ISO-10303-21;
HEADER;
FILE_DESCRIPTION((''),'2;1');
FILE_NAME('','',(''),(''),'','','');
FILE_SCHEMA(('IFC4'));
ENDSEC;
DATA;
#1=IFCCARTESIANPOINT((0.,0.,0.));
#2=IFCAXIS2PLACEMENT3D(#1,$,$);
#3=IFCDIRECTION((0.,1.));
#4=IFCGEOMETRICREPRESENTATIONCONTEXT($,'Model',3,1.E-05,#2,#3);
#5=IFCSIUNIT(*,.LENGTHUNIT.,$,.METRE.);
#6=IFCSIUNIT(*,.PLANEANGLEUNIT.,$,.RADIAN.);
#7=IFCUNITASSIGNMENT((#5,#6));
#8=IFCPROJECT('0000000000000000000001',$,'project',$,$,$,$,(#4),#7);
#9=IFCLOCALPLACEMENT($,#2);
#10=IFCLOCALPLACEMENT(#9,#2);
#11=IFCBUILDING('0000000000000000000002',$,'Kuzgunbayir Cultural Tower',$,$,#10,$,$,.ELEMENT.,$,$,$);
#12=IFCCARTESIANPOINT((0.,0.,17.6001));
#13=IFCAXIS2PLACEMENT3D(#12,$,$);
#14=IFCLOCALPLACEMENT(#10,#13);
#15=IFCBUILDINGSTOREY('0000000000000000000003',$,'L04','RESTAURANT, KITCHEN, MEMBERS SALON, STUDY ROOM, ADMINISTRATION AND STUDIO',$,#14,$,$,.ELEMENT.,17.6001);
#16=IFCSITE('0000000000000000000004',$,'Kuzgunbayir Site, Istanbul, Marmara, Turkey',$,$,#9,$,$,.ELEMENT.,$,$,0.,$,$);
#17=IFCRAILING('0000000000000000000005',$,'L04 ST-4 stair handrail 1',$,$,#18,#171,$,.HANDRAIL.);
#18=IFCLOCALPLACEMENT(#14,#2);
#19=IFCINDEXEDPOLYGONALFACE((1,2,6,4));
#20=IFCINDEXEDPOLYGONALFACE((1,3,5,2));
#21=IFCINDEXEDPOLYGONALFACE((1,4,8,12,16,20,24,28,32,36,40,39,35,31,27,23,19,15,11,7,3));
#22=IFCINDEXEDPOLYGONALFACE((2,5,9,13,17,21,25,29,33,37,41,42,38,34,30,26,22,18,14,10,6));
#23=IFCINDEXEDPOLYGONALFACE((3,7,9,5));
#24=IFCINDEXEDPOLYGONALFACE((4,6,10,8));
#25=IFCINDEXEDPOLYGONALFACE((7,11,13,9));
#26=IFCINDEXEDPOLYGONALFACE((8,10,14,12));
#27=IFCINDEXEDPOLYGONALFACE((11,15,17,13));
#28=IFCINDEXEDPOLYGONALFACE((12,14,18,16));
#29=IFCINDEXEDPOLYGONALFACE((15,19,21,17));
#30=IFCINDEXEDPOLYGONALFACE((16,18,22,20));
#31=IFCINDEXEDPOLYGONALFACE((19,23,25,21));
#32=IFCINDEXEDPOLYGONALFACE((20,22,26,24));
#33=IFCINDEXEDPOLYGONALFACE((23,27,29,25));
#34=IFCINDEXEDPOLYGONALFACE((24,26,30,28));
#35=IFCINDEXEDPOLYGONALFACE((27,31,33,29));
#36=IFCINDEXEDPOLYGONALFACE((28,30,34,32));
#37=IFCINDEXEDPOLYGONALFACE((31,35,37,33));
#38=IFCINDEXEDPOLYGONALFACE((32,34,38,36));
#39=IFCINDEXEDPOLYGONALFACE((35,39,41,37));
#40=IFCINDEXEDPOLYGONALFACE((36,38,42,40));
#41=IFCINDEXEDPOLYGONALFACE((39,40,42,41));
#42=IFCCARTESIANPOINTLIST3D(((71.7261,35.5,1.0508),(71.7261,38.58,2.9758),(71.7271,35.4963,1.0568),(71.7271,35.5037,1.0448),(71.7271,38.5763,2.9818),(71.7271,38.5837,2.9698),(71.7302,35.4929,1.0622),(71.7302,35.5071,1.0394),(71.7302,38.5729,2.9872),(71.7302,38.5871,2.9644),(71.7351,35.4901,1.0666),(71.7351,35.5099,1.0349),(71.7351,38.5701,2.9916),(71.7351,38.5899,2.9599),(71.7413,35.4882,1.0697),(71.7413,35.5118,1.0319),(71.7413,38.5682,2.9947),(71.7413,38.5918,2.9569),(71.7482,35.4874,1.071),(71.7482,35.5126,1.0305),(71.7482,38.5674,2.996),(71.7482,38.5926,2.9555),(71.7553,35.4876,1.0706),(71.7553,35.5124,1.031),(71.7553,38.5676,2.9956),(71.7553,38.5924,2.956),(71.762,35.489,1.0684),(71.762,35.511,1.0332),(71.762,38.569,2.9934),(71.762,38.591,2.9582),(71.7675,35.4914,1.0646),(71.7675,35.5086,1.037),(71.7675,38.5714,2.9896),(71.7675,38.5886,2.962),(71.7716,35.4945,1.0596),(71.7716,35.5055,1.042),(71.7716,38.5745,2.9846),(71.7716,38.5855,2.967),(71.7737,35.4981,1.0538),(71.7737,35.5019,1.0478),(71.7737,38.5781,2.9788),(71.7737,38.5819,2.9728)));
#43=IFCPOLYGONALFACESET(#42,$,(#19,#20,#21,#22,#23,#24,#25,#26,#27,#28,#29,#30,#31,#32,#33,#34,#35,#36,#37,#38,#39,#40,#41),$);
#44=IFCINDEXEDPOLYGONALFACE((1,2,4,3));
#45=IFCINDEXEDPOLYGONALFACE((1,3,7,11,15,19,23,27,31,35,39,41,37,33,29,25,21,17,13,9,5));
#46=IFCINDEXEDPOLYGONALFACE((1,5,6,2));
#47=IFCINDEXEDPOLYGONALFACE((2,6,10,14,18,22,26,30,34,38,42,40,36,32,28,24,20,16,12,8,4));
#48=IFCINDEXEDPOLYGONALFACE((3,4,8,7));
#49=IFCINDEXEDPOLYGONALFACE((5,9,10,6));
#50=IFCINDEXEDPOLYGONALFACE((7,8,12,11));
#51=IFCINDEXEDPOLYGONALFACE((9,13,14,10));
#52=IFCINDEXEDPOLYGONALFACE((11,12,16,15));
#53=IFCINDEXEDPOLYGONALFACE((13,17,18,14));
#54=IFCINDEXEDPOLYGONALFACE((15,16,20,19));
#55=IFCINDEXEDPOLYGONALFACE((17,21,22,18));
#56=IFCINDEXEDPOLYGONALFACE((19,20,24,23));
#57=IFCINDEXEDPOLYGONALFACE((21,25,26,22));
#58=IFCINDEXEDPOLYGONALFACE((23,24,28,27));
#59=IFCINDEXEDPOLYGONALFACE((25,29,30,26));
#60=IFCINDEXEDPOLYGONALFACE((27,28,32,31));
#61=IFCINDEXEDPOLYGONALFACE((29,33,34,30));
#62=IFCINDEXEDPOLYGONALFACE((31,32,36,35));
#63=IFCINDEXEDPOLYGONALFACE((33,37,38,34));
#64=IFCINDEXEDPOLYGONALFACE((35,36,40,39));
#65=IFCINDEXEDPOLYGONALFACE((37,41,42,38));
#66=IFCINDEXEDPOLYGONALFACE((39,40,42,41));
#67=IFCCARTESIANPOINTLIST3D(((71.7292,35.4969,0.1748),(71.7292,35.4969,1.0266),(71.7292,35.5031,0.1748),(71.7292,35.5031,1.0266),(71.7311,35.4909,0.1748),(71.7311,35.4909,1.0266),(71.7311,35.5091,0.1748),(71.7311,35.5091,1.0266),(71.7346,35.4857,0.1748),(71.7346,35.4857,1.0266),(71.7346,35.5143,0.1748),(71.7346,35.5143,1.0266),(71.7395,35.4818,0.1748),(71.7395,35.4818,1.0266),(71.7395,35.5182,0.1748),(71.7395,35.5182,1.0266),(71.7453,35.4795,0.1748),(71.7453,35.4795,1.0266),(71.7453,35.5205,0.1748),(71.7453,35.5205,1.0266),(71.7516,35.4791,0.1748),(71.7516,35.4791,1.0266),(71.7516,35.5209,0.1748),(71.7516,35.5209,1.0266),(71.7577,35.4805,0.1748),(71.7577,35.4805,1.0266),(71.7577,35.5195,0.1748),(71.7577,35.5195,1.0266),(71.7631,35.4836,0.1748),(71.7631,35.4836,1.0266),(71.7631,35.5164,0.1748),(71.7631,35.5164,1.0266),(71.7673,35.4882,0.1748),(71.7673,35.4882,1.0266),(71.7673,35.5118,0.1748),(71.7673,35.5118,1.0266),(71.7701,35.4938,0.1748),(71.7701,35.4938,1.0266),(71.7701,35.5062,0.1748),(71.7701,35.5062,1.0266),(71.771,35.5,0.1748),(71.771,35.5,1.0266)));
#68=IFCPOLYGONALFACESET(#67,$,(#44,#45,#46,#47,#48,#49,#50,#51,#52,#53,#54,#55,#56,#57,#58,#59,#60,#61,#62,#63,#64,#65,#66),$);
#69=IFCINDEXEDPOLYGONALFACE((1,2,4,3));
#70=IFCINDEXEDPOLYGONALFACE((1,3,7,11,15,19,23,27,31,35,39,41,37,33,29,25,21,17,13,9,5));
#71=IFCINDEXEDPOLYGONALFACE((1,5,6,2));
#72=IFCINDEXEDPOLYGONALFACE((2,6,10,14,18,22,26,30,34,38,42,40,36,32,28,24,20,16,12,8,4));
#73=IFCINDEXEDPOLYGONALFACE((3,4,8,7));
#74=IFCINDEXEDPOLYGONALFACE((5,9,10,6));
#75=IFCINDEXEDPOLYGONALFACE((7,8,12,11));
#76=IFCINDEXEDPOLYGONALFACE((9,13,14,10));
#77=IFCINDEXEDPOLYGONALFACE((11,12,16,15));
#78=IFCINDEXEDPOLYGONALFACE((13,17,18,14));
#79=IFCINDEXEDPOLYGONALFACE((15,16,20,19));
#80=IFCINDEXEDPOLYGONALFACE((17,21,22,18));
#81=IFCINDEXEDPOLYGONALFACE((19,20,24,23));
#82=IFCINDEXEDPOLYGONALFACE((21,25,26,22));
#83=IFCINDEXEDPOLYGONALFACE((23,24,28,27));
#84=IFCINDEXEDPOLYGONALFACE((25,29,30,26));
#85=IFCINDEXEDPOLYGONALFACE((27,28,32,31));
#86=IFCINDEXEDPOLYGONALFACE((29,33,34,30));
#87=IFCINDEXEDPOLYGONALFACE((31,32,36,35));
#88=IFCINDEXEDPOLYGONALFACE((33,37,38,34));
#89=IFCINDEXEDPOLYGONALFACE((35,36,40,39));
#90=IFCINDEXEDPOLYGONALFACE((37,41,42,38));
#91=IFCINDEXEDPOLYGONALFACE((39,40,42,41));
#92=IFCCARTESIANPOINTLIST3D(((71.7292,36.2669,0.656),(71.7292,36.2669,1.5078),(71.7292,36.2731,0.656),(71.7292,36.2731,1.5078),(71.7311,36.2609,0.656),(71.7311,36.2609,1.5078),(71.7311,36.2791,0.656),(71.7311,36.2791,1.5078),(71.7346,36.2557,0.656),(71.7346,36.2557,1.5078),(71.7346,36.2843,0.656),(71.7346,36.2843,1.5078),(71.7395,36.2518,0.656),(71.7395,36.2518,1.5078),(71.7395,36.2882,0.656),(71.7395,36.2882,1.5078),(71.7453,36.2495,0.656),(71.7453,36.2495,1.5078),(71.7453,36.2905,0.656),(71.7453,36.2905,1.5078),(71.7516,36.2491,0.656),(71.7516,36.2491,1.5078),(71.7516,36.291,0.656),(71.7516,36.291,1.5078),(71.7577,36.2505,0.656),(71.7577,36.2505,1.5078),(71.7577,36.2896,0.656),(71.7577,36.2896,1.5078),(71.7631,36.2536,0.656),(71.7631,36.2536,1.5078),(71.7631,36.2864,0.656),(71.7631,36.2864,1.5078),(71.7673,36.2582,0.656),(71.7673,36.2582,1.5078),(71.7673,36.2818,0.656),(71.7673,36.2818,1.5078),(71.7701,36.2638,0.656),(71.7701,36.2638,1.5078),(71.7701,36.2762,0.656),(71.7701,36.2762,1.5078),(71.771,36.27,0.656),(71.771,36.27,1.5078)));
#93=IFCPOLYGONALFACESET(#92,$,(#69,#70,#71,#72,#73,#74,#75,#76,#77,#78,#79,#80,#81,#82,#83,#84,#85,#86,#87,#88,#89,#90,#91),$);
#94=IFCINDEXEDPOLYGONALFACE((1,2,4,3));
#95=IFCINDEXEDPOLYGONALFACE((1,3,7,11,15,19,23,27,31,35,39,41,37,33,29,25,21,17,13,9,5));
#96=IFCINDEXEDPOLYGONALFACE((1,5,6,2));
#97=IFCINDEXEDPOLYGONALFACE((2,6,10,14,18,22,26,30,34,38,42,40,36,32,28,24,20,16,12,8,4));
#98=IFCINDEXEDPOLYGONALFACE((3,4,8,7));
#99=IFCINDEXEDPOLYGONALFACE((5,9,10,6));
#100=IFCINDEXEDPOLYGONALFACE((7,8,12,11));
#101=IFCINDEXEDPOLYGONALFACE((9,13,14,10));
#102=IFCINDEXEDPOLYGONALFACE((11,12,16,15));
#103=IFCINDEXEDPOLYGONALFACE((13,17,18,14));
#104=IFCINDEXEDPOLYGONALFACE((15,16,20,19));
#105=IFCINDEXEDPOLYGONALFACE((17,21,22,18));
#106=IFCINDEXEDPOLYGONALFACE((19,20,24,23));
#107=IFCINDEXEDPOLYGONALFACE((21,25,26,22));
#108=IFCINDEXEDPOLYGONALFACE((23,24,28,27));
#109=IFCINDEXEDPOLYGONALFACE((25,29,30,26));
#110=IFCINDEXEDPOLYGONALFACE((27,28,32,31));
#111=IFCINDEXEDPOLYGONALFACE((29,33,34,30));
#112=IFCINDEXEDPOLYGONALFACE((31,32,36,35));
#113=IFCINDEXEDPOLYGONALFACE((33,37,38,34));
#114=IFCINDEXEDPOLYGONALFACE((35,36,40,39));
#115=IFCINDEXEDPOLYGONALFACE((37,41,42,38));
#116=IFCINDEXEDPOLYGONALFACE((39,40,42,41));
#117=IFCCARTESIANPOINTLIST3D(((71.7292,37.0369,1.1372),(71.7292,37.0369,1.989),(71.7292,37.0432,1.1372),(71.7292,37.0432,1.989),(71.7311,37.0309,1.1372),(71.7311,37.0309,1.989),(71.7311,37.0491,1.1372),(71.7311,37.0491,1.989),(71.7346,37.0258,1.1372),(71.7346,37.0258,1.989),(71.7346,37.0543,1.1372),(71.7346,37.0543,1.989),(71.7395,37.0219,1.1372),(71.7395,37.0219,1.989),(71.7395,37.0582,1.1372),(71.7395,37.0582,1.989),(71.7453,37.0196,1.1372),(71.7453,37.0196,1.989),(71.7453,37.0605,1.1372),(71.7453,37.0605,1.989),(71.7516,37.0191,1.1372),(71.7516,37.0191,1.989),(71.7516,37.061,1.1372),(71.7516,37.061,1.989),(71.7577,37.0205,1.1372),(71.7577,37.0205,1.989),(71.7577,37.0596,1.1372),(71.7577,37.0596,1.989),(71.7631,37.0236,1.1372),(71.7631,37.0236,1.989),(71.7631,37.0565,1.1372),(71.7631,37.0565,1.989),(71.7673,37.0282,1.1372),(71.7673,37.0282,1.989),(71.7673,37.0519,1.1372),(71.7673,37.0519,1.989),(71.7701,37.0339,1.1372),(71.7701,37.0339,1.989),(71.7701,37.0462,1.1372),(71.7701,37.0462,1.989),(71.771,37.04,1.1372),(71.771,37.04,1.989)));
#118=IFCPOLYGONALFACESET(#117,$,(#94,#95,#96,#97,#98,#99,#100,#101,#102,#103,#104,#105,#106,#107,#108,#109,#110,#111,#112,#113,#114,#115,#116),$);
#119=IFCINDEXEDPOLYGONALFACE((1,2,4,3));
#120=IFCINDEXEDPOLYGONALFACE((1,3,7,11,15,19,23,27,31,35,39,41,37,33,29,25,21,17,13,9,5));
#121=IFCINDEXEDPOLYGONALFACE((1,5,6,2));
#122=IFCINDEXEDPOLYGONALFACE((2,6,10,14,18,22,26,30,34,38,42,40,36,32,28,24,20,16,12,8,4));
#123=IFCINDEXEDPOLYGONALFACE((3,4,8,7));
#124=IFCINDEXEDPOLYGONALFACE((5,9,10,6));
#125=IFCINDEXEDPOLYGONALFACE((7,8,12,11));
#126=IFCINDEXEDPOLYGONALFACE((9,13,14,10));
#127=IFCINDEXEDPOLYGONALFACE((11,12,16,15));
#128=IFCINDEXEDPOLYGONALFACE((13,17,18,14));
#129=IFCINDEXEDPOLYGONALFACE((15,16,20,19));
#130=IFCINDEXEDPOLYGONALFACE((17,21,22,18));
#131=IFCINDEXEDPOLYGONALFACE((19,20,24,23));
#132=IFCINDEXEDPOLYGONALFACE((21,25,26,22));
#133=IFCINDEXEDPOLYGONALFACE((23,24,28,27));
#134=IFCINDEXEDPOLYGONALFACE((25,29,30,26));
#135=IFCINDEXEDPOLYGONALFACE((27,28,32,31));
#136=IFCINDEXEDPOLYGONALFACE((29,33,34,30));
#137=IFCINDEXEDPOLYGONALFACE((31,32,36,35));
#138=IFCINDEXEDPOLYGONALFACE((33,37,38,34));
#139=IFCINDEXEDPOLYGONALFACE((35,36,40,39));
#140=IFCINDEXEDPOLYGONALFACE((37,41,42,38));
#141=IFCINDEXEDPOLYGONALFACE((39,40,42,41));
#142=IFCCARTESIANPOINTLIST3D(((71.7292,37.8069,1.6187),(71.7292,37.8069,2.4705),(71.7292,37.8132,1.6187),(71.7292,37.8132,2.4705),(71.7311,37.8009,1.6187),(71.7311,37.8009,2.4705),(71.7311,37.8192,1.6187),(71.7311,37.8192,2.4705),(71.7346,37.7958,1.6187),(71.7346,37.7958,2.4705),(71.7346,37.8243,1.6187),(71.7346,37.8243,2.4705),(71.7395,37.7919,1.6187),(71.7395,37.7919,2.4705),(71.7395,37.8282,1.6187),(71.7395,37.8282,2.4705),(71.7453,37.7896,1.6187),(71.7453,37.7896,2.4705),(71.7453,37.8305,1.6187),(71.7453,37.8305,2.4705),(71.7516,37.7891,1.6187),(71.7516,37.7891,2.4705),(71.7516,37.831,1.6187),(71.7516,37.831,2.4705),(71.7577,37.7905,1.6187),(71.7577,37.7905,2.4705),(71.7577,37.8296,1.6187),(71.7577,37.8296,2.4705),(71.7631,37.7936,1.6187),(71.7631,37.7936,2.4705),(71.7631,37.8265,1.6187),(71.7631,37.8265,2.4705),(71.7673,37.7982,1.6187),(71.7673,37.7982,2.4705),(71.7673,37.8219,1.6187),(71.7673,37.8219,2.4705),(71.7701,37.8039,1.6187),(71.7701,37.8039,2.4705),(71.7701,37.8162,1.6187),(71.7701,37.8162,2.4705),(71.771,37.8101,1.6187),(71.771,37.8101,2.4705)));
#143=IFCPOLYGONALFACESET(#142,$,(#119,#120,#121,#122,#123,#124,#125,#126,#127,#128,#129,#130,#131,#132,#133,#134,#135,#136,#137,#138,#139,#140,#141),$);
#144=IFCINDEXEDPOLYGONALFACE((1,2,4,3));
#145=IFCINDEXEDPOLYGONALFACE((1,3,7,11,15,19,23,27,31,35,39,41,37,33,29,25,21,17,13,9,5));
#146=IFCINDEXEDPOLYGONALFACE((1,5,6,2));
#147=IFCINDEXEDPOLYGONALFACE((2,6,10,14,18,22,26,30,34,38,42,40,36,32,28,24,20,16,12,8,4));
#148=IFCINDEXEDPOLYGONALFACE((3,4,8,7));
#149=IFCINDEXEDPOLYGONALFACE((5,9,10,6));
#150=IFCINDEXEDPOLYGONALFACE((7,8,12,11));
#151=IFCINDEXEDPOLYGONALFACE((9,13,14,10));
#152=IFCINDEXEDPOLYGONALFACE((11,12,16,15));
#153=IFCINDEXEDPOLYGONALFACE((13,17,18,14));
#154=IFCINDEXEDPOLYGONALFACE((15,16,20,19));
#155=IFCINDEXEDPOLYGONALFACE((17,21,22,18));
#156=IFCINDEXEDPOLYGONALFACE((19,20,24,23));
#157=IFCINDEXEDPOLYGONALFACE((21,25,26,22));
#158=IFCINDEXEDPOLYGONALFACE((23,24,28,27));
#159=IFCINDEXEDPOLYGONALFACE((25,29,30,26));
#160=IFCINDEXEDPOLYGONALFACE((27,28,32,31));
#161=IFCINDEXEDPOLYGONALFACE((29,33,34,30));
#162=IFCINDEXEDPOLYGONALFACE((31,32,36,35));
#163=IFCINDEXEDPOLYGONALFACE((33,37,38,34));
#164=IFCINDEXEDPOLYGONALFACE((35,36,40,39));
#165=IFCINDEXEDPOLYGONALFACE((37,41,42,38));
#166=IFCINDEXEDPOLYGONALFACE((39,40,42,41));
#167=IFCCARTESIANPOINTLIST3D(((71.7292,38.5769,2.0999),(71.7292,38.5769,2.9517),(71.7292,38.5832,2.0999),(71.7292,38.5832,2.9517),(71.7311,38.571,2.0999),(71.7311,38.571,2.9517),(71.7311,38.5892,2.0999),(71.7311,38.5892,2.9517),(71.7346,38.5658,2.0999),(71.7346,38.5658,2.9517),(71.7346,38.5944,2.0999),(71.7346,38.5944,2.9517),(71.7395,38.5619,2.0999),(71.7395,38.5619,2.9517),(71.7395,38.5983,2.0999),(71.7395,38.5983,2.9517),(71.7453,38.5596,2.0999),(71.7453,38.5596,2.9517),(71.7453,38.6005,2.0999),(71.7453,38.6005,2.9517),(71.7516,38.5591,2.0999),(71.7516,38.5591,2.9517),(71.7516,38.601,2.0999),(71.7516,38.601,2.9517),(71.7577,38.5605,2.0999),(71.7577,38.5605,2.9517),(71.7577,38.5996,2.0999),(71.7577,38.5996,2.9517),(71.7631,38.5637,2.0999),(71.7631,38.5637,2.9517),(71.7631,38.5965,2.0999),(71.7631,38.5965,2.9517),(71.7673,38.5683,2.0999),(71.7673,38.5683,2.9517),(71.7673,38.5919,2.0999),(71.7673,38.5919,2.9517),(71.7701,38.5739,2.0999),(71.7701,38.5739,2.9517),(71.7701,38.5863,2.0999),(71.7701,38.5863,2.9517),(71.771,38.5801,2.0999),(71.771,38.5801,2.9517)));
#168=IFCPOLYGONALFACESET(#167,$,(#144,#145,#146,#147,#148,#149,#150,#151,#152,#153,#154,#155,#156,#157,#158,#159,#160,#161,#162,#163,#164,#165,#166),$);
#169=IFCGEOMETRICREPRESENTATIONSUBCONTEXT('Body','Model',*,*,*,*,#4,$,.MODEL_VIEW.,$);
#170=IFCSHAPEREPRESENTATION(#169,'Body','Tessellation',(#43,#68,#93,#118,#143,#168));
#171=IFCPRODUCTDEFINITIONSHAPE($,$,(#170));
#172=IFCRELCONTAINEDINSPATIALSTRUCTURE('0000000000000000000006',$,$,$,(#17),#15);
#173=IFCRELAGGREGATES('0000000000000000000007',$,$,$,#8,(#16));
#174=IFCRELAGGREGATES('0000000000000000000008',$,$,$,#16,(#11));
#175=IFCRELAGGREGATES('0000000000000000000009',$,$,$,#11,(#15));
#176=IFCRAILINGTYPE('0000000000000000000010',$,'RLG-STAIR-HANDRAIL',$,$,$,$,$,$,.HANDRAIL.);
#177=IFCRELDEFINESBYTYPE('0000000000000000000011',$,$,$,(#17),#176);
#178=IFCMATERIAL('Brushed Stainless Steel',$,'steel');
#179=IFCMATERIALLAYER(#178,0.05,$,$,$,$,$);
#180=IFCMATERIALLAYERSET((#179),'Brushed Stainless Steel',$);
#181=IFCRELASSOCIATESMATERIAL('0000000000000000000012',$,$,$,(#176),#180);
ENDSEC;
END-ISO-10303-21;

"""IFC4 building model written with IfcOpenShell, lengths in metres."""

from ifc_helpers import new_model, si_unit, direction, frame, origin, origin_2d, place, context, subcontext, project, spatial, circle, extrude, material, layer, layer_set, type_object, element, save


model = new_model("IFC4")

# Units and contexts
model_context = context("Model", 3, precision=1e-05, world=origin(), true_north=direction((0.0, 1.0)))
body_context = subcontext(model_context, "Body", "Model", "MODEL_VIEW")
ifc_project = project(units=[si_unit("LENGTHUNIT", "METRE"), si_unit("PLANEANGLEUNIT", "RADIAN")], contexts=[model_context])

# Site, building, storey
site_placement = place(None, origin())
site = spatial("IfcSite", under=ifc_project, at=site_placement, Name="Kuzgunbayir Site, Istanbul, Marmara, Turkey", CompositionType="ELEMENT", RefElevation=0.0)
building_placement = place(site_placement, origin())
building = spatial("IfcBuilding", under=site, at=building_placement, Name="Kuzgunbayir Cultural Tower", CompositionType="ELEMENT")
storey_placement = place(building_placement, frame((0.0, 0.0, 17.6001)))
storey = spatial("IfcBuildingStorey", under=building, at=storey_placement, Name="L04", Description="RESTAURANT, KITCHEN, MEMBERS SALON, STUDY ROOM, ADMINISTRATION AND STUDIO", CompositionType="ELEMENT", Elevation=17.6001)

# Railing
ifc_material_1 = material(Name="Brushed Stainless Steel", Category="steel")
ifc_layer_1 = layer(ifc_material_1, 0.05)
ifc_layer_set_1 = layer_set([ifc_layer_1], Name="Brushed Stainless Steel")
railing_type_1 = type_object("IfcRailingType", Name="RLG-STAIR-HANDRAIL", PredefinedType="HANDRAIL", material=ifc_layer_set_1)
railing_1_placement = place(storey_placement, frame((71.75, 35.5, 0.1748)))
element("IfcRailing", 1, at=railing_1_placement, inside=storey, type_object=railing_type_1, Name="L04 ST-4 stair handrail 1", PredefinedType="HANDRAIL", context=body_context, shape_type="SweptSolid", body=[
    extrude(circle(Radius=0.0239, at=origin_2d()), frame((0.0, 0.0, 0.876), z_axis=(0.0, 0.847998, 0.529999), x_axis=(-1.0, 0.0, 0.0)), (0.0, 0.0, 1.0), 3.6321),
    extrude(circle(Radius=0.021, at=origin_2d()), origin(), (0.0, 0.0, 1.0), 0.8518),
    extrude(circle(Radius=0.021, at=origin_2d()), frame((0.0, 0.77, 0.4812)), (0.0, 0.0, 1.0), 0.8518),
    extrude(circle(Radius=0.021, at=origin_2d()), frame((0.0, 1.54, 0.9624)), (0.0, 0.0, 1.0), 0.8518),
    extrude(circle(Radius=0.021, at=origin_2d()), frame((0.0, 2.3101, 1.4438)), (0.0, 0.0, 1.0), 0.8518),
    extrude(circle(Radius=0.021, at=origin_2d()), frame((0.0, 3.0801, 1.925)), (0.0, 0.0, 1.0), 0.8518),
])

save(model, "model.ifc")
